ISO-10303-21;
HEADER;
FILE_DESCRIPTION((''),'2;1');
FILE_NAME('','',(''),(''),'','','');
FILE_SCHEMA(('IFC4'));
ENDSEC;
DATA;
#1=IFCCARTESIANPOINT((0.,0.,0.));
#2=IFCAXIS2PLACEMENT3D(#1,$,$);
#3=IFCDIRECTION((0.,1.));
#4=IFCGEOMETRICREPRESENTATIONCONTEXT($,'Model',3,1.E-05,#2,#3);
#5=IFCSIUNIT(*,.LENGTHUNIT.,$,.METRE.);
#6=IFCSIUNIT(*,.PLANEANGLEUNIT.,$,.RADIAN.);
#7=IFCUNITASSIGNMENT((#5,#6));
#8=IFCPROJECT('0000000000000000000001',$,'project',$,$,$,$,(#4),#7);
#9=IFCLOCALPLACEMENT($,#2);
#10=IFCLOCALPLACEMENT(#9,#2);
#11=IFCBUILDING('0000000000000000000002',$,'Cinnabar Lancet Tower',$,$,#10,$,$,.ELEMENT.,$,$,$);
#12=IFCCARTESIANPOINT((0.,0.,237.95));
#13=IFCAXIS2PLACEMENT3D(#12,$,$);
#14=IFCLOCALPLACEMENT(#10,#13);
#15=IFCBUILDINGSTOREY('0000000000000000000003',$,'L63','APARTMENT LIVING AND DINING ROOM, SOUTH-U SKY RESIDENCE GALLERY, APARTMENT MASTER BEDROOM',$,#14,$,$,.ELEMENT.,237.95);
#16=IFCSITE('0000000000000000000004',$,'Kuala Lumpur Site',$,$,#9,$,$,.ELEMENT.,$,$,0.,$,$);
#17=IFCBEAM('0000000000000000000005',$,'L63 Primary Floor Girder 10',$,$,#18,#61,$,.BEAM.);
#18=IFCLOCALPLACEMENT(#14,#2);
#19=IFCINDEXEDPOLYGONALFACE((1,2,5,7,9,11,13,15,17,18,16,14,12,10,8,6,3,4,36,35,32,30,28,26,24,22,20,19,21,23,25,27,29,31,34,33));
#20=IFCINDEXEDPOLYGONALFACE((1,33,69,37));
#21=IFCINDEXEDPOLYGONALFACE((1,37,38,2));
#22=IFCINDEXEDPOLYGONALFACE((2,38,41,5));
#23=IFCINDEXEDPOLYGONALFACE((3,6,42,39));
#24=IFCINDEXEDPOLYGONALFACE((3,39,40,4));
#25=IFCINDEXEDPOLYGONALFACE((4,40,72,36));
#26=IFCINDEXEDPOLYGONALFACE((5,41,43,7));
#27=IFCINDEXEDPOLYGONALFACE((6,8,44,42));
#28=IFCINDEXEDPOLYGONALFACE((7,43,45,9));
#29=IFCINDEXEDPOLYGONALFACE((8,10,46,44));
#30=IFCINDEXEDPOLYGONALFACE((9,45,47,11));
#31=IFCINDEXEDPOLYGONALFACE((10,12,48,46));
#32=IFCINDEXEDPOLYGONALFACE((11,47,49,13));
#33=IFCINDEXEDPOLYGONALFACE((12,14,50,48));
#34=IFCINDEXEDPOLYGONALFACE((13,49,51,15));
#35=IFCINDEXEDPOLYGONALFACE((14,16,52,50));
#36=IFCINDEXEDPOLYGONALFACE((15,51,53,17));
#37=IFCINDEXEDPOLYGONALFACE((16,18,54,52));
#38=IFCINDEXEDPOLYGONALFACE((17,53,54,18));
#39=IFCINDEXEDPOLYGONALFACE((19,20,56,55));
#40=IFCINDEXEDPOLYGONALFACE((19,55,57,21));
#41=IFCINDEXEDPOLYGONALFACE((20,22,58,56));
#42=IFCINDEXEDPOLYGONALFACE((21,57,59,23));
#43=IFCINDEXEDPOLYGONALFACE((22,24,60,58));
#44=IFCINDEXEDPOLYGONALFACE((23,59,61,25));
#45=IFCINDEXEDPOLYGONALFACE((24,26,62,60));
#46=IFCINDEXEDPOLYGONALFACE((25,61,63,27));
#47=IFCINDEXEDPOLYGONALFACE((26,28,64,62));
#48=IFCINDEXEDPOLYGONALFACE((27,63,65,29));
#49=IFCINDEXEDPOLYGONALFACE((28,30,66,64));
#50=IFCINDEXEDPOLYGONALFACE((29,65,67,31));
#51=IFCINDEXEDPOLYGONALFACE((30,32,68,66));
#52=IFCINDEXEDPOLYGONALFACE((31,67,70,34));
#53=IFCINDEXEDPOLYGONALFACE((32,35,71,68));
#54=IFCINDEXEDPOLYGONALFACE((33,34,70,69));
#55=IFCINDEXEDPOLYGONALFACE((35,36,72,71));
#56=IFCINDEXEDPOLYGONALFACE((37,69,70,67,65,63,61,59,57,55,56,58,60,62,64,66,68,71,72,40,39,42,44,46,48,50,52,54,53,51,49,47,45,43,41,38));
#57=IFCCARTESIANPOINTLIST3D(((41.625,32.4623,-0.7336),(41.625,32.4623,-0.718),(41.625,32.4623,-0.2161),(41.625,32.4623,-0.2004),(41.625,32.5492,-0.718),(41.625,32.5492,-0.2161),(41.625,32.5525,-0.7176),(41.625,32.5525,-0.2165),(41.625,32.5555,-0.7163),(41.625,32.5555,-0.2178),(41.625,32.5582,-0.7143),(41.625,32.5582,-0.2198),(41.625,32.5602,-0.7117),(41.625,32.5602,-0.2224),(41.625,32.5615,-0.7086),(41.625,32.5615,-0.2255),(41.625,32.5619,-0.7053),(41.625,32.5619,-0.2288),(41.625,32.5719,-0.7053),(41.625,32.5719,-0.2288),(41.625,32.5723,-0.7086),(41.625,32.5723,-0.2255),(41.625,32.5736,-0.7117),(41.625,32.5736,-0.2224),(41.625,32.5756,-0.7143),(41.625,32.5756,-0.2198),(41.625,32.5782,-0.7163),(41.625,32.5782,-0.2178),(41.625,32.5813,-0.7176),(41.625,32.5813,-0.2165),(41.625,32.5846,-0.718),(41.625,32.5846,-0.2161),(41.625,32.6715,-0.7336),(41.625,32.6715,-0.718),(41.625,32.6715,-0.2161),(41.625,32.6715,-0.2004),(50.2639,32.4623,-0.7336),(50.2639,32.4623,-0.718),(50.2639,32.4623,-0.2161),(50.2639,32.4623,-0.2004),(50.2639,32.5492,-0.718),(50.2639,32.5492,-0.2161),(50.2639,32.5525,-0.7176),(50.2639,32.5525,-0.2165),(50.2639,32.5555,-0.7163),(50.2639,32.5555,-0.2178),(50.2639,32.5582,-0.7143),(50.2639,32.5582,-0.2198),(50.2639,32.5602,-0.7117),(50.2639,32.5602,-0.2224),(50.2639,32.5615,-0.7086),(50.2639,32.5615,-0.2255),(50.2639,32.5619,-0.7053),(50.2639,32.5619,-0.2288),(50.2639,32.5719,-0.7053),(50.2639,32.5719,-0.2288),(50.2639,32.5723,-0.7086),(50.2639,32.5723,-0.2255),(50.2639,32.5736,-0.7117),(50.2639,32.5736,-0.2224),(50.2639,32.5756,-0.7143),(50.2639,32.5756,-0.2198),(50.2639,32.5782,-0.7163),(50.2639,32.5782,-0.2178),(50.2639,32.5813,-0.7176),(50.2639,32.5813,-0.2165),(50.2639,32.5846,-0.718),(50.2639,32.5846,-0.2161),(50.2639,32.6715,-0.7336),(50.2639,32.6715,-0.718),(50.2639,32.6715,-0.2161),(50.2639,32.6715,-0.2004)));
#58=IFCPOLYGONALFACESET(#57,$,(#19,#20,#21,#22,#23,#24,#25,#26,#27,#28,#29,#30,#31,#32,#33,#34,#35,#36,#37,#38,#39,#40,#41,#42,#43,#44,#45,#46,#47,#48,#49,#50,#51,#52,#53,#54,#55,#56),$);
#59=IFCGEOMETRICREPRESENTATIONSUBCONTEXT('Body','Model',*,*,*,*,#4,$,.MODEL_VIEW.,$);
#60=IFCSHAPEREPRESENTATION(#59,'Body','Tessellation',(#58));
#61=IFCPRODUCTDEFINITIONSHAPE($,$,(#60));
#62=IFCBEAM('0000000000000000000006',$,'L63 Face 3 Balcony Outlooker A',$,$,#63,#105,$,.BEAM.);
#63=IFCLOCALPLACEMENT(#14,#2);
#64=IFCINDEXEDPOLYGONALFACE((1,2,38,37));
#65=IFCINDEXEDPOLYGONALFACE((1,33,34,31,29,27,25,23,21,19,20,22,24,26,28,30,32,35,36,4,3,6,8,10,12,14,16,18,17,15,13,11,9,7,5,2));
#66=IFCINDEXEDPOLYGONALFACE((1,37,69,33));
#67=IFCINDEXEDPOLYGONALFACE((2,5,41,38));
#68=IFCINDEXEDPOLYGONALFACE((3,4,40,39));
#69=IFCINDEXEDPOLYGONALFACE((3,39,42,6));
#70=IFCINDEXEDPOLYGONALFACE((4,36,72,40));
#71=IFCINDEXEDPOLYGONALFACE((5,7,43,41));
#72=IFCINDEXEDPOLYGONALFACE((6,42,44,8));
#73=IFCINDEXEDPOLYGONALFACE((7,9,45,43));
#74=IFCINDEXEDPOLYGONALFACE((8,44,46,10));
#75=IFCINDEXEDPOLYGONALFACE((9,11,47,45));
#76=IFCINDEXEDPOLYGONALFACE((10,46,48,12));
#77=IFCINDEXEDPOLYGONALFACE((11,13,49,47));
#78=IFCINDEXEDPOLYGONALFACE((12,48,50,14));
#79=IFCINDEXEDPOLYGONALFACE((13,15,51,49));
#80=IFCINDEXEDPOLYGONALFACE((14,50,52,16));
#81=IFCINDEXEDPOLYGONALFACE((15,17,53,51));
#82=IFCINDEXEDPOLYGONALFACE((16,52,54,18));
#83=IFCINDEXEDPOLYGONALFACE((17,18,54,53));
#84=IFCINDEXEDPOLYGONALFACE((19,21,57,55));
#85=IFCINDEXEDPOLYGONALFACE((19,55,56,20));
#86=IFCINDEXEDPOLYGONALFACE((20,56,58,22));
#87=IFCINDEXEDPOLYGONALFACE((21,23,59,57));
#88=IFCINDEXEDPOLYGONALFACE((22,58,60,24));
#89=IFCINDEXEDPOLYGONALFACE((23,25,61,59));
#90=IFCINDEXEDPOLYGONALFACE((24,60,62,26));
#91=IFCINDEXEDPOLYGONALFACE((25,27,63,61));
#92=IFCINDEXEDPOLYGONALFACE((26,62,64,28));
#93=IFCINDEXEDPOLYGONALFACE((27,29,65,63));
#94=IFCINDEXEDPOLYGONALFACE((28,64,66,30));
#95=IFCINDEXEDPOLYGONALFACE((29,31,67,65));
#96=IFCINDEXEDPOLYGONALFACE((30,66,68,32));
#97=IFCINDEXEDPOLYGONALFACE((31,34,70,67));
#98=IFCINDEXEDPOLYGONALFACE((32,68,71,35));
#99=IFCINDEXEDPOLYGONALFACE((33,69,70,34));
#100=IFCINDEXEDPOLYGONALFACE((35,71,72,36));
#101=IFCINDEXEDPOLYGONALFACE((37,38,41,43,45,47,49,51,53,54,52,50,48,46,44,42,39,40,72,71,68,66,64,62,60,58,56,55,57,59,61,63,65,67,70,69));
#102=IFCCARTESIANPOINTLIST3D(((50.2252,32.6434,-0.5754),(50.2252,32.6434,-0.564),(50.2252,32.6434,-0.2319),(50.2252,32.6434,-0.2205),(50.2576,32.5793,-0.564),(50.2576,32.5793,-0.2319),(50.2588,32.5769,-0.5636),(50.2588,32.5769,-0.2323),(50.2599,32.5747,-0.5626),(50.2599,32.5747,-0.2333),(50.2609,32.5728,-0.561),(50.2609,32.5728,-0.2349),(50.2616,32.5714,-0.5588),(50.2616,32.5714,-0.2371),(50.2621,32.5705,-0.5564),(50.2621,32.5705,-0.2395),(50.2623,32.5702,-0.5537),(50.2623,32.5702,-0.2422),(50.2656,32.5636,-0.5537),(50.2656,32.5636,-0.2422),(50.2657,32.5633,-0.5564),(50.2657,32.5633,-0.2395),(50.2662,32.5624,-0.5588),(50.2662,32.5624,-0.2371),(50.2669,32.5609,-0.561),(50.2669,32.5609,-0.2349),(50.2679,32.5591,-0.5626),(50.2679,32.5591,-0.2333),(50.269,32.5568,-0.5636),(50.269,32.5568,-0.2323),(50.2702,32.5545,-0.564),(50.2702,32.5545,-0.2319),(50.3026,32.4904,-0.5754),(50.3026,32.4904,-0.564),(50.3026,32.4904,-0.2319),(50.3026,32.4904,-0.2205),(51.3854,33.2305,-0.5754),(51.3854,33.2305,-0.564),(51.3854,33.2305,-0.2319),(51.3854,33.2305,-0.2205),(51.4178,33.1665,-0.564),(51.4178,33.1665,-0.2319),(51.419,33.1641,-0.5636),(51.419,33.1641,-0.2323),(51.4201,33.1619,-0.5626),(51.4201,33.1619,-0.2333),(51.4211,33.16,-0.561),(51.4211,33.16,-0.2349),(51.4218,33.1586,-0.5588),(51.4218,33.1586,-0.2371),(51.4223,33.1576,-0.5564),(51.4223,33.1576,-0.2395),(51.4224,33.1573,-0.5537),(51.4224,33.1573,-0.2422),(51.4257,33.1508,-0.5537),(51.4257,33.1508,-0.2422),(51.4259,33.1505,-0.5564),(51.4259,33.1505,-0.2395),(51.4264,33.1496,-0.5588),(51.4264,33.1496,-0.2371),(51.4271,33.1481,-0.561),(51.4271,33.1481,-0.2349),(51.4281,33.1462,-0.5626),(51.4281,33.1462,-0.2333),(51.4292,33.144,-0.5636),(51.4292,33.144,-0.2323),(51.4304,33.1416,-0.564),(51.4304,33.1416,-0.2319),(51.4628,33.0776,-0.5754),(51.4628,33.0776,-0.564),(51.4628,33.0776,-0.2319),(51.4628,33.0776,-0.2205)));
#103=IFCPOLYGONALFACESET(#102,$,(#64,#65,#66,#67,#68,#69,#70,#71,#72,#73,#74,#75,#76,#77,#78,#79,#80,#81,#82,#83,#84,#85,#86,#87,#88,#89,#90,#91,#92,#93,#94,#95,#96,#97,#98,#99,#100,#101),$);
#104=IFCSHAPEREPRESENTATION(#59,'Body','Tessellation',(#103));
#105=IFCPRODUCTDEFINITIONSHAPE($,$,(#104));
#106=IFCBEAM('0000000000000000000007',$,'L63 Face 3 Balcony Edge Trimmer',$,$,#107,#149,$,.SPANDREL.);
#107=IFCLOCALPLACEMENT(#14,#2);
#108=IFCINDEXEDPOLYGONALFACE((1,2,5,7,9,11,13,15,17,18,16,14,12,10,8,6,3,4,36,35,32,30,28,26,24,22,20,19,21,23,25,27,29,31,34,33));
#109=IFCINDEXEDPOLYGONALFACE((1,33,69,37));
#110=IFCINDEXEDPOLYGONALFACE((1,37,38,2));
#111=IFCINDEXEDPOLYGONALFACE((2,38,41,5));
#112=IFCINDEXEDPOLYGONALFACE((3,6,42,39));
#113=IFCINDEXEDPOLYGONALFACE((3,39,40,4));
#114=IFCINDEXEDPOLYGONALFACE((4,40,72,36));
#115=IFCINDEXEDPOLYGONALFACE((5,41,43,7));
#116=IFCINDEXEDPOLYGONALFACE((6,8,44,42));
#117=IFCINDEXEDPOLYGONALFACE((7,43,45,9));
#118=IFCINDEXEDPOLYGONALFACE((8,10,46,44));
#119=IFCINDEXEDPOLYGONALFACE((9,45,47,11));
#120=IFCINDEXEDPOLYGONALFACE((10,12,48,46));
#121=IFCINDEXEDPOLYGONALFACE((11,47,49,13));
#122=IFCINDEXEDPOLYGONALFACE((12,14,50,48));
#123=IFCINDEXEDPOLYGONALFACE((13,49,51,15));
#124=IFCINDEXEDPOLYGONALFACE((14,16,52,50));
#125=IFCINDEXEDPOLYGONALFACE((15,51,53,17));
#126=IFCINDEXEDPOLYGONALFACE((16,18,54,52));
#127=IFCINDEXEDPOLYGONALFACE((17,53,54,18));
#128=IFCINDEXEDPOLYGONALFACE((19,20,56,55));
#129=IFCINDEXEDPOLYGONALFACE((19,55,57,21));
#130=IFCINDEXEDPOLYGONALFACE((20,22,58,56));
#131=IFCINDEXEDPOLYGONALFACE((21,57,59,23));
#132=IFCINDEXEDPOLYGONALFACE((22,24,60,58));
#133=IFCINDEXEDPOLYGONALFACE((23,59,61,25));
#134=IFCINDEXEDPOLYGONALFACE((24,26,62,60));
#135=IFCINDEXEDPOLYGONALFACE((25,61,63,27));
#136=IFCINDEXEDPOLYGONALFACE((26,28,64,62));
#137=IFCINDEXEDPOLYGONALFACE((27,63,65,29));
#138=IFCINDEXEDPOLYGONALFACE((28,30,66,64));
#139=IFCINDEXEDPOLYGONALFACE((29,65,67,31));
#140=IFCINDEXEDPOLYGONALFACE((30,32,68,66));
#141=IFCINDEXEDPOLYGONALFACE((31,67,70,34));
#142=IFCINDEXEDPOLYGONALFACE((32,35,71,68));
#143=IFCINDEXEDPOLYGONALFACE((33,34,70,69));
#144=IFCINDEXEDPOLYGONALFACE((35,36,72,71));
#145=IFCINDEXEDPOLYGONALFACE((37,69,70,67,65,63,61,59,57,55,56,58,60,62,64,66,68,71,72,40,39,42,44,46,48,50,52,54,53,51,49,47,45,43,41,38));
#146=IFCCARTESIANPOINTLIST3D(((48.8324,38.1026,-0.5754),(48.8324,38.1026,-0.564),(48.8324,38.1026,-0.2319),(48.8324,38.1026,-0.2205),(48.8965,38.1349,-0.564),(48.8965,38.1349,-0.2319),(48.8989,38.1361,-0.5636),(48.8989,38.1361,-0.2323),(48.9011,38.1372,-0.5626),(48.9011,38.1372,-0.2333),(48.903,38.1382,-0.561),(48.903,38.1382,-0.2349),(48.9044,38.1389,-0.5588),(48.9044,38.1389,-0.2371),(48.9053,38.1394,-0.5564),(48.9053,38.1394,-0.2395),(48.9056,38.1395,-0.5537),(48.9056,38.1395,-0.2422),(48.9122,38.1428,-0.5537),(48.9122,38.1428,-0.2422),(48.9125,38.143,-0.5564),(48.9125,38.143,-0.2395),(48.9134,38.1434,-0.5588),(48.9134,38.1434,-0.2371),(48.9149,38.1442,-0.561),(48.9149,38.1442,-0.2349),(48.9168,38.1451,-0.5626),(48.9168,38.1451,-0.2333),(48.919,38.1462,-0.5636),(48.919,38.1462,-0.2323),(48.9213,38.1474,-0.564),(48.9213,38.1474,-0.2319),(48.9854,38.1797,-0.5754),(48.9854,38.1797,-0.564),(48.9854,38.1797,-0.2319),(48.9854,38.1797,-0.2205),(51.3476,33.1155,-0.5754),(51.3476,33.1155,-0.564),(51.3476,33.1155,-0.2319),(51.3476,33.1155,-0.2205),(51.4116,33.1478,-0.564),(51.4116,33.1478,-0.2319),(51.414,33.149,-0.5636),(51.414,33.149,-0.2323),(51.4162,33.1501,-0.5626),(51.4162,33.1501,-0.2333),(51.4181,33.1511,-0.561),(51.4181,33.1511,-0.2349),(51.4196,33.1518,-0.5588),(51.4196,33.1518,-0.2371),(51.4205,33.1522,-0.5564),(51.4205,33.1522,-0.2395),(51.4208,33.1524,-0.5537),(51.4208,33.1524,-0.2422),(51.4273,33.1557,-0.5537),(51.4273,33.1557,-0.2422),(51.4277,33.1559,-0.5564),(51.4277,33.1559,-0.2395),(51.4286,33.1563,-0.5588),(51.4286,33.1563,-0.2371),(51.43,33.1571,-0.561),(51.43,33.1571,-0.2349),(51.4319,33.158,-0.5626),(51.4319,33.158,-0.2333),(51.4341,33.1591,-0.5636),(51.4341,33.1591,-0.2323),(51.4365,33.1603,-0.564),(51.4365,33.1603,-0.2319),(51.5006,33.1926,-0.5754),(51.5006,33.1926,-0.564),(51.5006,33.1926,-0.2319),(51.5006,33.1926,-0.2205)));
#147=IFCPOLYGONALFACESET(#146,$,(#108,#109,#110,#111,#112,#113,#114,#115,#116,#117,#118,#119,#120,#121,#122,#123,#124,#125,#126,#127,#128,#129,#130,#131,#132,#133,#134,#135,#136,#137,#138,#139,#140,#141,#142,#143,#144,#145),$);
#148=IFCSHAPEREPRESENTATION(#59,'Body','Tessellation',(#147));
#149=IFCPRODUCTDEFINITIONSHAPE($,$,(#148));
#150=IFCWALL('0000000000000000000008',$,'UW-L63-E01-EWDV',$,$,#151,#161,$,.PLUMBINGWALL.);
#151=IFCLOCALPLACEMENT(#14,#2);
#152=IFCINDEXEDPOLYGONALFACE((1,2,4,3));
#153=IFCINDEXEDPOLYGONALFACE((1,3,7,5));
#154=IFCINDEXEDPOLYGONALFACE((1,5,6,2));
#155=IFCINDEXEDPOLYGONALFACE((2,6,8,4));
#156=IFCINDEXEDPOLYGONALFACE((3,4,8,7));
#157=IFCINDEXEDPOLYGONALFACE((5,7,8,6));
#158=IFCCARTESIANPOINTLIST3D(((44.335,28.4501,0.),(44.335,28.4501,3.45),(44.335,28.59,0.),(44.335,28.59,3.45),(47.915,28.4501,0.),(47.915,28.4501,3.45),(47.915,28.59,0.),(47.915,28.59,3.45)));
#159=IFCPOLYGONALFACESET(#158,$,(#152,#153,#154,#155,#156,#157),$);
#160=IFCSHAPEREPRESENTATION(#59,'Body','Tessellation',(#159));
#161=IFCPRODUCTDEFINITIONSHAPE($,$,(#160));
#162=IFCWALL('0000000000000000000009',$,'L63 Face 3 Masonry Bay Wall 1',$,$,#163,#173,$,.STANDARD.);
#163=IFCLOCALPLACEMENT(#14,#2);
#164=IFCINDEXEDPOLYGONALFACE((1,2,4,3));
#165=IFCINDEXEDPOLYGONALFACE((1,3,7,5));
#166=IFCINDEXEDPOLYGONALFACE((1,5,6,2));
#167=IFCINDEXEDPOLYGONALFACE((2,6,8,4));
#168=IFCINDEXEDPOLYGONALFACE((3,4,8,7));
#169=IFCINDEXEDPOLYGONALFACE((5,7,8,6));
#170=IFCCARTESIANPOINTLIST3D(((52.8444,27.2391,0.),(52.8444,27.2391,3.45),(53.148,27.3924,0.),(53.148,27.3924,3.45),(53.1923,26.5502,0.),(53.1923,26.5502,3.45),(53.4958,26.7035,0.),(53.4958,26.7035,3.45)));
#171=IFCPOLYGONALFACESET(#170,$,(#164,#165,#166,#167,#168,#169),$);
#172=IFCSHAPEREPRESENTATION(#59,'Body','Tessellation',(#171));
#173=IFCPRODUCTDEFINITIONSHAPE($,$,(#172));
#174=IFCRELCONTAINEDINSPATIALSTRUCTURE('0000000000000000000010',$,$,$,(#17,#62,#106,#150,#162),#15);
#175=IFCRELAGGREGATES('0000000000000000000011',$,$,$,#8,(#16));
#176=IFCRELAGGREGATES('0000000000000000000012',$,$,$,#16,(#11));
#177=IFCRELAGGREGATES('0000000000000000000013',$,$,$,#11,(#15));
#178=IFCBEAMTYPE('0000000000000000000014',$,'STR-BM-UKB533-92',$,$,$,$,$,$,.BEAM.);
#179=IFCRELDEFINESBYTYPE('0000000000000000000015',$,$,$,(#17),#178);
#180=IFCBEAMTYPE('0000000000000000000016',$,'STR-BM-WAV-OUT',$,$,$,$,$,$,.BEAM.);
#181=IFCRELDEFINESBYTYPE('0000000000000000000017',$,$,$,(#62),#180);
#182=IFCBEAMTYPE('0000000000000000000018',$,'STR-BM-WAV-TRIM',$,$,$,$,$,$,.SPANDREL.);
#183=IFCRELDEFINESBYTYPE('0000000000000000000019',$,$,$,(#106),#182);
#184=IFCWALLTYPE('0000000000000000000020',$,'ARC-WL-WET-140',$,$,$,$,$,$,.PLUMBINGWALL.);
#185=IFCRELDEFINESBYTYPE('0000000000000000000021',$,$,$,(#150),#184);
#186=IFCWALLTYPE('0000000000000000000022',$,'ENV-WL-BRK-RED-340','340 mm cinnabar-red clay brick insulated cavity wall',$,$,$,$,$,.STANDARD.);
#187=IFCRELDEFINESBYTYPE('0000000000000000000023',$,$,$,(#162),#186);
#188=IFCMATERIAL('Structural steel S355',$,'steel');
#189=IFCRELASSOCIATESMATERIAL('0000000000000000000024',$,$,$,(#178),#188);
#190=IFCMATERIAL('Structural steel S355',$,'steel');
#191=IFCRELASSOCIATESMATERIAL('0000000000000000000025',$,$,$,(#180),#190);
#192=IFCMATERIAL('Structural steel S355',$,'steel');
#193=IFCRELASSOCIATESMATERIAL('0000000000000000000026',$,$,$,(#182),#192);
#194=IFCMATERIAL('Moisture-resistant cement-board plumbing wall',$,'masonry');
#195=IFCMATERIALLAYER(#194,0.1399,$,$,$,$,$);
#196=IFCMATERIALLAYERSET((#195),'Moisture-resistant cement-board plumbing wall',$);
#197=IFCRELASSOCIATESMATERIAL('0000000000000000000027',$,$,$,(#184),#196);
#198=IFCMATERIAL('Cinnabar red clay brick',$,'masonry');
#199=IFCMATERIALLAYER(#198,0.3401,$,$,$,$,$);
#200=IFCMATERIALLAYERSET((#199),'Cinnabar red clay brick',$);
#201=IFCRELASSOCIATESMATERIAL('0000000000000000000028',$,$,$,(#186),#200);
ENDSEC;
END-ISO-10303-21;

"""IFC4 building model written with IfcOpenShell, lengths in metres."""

from ifc_helpers import new_model, si_unit, direction, frame, frame_2d, origin, origin_2d, place, context, subcontext, project, spatial, rectangle, i_section, extrude, material, layer, layer_set, material_profile, profile_set, type_object, element, save


model = new_model("IFC4")

# Units and contexts
model_context = context("Model", 3, precision=1e-05, world=origin(), true_north=direction((0.0, 1.0)))
body_context = subcontext(model_context, "Body", "Model", "MODEL_VIEW")
ifc_project = project(units=[si_unit("LENGTHUNIT", "METRE"), si_unit("PLANEANGLEUNIT", "RADIAN")], contexts=[model_context])

# Site, building, storey
site_placement = place(None, origin())
site = spatial("IfcSite", under=ifc_project, at=site_placement, Name="Kuala Lumpur Site", CompositionType="ELEMENT", RefElevation=0.0)
building_placement = place(site_placement, origin())
building = spatial("IfcBuilding", under=site, at=building_placement, Name="Cinnabar Lancet Tower", CompositionType="ELEMENT")
storey_placement = place(building_placement, frame((0.0, 0.0, 237.95)))
storey = spatial("IfcBuildingStorey", under=building, at=storey_placement, Name="L63", Description="APARTMENT LIVING AND DINING ROOM, SOUTH-U SKY RESIDENCE GALLERY, APARTMENT MASTER BEDROOM", CompositionType="ELEMENT", Elevation=237.95)

# Beams
ifc_material_1 = material(Name="Structural steel S355", Category="steel")
ifc_material_profile_1 = material_profile(ifc_material_1, i_section(OverallWidth=0.2092, OverallDepth=0.5332, WebThickness=0.01, FlangeThickness=0.0156, FilletRadius=0.0127, at=origin_2d()), Name="UKB 533x210x92")
ifc_profile_set_1 = profile_set([ifc_material_profile_1], Name="Structural steel S355")
beam_type_1 = type_object("IfcBeamType", Name="STR-BM-UKB533-92", PredefinedType="BEAM", material=ifc_profile_set_1)
beam_1_placement = place(storey_placement, frame((50.2639, 32.5669, -0.467), z_axis=(-1.0, 0.0, 0.0), x_axis=(0.0, -1.0, 0.0)))
element("IfcBeam", 1, at=beam_1_placement, inside=storey, type_object=beam_type_1, Name="L63 Primary Floor Girder 10", PredefinedType="BEAM", context=body_context, shape_type="SweptSolid", body=[
    extrude(i_section(OverallWidth=0.2092, OverallDepth=0.5332, WebThickness=0.01, FlangeThickness=0.0156, FilletRadius=0.0127, at=origin_2d()), origin(), (0.0, 0.0, 1.0), 8.6389),
])
ifc_material_2 = material(Name="Structural steel S355", Category="steel")
ifc_material_profile_2 = material_profile(ifc_material_2, i_section(OverallWidth=0.1714, OverallDepth=0.355, WebThickness=0.0073, FlangeThickness=0.0115, FilletRadius=0.0103, at=origin_2d()), Name="UKB 356x171x51")
ifc_profile_set_2 = profile_set([ifc_material_profile_2], Name="Structural steel S355")
beam_type_2 = type_object("IfcBeamType", Name="STR-BM-WAV-OUT", PredefinedType="BEAM", material=ifc_profile_set_2)
beam_2_placement = place(storey_placement, frame((50.2639, 32.5669, -0.3979), z_axis=(0.892239, 0.451564, 0.0), x_axis=(-0.451564, 0.892239, 0.0)))
element("IfcBeam", 2, at=beam_2_placement, inside=storey, type_object=beam_type_2, Name="L63 Face 3 Balcony Outlooker A", PredefinedType="BEAM", context=body_context, shape_type="SweptSolid", body=[
    extrude(i_section(OverallWidth=0.1714, OverallDepth=0.355, WebThickness=0.0073, FlangeThickness=0.0115, FilletRadius=0.0103, at=origin_2d()), origin(), (0.0, 0.0, 1.0), 1.3003),
])
ifc_material_3 = material(Name="Structural steel S355", Category="steel")
ifc_material_profile_3 = material_profile(ifc_material_3, i_section(OverallWidth=0.1714, OverallDepth=0.355, WebThickness=0.0073, FlangeThickness=0.0115, FilletRadius=0.0103, at=origin_2d()), Name="UKB 356x171x51")
ifc_profile_set_3 = profile_set([ifc_material_profile_3], Name="Structural steel S355")
beam_type_3 = type_object("IfcBeamType", Name="STR-BM-WAV-TRIM", PredefinedType="SPANDREL", material=ifc_profile_set_3)
beam_3_placement = place(storey_placement, frame((51.4241, 33.1541, -0.3979), z_axis=(-0.450306, 0.892874, 0.0), x_axis=(-0.892874, -0.450306, 0.0)))
element("IfcBeam", 3, at=beam_3_placement, inside=storey, type_object=beam_type_3, Name="L63 Face 3 Balcony Edge Trimmer", PredefinedType="SPANDREL", context=body_context, shape_type="SweptSolid", body=[
    extrude(i_section(OverallWidth=0.1714, OverallDepth=0.355, WebThickness=0.0073, FlangeThickness=0.0115, FilletRadius=0.0103, at=origin_2d()), origin(), (0.0, 0.0, 1.0), 5.5854),
])

# Walls
ifc_material_4 = material(Name="Moisture-resistant cement-board plumbing wall", Category="masonry")
ifc_layer_1 = layer(ifc_material_4, 0.1399)
ifc_layer_set_1 = layer_set([ifc_layer_1], Name="Moisture-resistant cement-board plumbing wall")
wall_type_1 = type_object("IfcWallType", Name="ARC-WL-WET-140", PredefinedType="PLUMBINGWALL", material=ifc_layer_set_1)
wall_1_placement = place(storey_placement, frame((44.335, 28.52, 0.0), z_axis=(0.0, 0.0, 1.0), x_axis=(1.0, 0.0, 0.0)))
element("IfcWall", 4, at=wall_1_placement, inside=storey, type_object=wall_type_1, Name="UW-L63-E01-EWDV", PredefinedType="PLUMBINGWALL", context=body_context, shape_type="SweptSolid", body=[
    extrude(rectangle(XDim=3.5801, YDim=0.1399, at=frame_2d((1.79, 0.0))), origin(), (0.0, 0.0, 1.0), 3.45),
])
ifc_material_5 = material(Name="Cinnabar red clay brick", Category="masonry")
ifc_layer_2 = layer(ifc_material_5, 0.3401)
ifc_layer_set_2 = layer_set([ifc_layer_2], Name="Cinnabar red clay brick")
wall_type_2 = type_object("IfcWallType", Name="ENV-WL-BRK-RED-340", Description="340 mm cinnabar-red clay brick insulated cavity wall", PredefinedType="STANDARD", material=ifc_layer_set_2)
wall_2_placement = place(storey_placement, frame((53.344, 26.627, 0.0), z_axis=(0.0, 0.0, 1.0), x_axis=(-0.450753, 0.892649, 0.0)))
element("IfcWall", 5, at=wall_2_placement, inside=storey, type_object=wall_type_2, Name="L63 Face 3 Masonry Bay Wall 1", PredefinedType="STANDARD", context=body_context, shape_type="SweptSolid", body=[
    extrude(rectangle(XDim=0.7717, YDim=0.3401, at=frame_2d((0.3857, 0.0))), origin(), (0.0, 0.0, 1.0), 3.45),
])

save(model, "model.ifc")
